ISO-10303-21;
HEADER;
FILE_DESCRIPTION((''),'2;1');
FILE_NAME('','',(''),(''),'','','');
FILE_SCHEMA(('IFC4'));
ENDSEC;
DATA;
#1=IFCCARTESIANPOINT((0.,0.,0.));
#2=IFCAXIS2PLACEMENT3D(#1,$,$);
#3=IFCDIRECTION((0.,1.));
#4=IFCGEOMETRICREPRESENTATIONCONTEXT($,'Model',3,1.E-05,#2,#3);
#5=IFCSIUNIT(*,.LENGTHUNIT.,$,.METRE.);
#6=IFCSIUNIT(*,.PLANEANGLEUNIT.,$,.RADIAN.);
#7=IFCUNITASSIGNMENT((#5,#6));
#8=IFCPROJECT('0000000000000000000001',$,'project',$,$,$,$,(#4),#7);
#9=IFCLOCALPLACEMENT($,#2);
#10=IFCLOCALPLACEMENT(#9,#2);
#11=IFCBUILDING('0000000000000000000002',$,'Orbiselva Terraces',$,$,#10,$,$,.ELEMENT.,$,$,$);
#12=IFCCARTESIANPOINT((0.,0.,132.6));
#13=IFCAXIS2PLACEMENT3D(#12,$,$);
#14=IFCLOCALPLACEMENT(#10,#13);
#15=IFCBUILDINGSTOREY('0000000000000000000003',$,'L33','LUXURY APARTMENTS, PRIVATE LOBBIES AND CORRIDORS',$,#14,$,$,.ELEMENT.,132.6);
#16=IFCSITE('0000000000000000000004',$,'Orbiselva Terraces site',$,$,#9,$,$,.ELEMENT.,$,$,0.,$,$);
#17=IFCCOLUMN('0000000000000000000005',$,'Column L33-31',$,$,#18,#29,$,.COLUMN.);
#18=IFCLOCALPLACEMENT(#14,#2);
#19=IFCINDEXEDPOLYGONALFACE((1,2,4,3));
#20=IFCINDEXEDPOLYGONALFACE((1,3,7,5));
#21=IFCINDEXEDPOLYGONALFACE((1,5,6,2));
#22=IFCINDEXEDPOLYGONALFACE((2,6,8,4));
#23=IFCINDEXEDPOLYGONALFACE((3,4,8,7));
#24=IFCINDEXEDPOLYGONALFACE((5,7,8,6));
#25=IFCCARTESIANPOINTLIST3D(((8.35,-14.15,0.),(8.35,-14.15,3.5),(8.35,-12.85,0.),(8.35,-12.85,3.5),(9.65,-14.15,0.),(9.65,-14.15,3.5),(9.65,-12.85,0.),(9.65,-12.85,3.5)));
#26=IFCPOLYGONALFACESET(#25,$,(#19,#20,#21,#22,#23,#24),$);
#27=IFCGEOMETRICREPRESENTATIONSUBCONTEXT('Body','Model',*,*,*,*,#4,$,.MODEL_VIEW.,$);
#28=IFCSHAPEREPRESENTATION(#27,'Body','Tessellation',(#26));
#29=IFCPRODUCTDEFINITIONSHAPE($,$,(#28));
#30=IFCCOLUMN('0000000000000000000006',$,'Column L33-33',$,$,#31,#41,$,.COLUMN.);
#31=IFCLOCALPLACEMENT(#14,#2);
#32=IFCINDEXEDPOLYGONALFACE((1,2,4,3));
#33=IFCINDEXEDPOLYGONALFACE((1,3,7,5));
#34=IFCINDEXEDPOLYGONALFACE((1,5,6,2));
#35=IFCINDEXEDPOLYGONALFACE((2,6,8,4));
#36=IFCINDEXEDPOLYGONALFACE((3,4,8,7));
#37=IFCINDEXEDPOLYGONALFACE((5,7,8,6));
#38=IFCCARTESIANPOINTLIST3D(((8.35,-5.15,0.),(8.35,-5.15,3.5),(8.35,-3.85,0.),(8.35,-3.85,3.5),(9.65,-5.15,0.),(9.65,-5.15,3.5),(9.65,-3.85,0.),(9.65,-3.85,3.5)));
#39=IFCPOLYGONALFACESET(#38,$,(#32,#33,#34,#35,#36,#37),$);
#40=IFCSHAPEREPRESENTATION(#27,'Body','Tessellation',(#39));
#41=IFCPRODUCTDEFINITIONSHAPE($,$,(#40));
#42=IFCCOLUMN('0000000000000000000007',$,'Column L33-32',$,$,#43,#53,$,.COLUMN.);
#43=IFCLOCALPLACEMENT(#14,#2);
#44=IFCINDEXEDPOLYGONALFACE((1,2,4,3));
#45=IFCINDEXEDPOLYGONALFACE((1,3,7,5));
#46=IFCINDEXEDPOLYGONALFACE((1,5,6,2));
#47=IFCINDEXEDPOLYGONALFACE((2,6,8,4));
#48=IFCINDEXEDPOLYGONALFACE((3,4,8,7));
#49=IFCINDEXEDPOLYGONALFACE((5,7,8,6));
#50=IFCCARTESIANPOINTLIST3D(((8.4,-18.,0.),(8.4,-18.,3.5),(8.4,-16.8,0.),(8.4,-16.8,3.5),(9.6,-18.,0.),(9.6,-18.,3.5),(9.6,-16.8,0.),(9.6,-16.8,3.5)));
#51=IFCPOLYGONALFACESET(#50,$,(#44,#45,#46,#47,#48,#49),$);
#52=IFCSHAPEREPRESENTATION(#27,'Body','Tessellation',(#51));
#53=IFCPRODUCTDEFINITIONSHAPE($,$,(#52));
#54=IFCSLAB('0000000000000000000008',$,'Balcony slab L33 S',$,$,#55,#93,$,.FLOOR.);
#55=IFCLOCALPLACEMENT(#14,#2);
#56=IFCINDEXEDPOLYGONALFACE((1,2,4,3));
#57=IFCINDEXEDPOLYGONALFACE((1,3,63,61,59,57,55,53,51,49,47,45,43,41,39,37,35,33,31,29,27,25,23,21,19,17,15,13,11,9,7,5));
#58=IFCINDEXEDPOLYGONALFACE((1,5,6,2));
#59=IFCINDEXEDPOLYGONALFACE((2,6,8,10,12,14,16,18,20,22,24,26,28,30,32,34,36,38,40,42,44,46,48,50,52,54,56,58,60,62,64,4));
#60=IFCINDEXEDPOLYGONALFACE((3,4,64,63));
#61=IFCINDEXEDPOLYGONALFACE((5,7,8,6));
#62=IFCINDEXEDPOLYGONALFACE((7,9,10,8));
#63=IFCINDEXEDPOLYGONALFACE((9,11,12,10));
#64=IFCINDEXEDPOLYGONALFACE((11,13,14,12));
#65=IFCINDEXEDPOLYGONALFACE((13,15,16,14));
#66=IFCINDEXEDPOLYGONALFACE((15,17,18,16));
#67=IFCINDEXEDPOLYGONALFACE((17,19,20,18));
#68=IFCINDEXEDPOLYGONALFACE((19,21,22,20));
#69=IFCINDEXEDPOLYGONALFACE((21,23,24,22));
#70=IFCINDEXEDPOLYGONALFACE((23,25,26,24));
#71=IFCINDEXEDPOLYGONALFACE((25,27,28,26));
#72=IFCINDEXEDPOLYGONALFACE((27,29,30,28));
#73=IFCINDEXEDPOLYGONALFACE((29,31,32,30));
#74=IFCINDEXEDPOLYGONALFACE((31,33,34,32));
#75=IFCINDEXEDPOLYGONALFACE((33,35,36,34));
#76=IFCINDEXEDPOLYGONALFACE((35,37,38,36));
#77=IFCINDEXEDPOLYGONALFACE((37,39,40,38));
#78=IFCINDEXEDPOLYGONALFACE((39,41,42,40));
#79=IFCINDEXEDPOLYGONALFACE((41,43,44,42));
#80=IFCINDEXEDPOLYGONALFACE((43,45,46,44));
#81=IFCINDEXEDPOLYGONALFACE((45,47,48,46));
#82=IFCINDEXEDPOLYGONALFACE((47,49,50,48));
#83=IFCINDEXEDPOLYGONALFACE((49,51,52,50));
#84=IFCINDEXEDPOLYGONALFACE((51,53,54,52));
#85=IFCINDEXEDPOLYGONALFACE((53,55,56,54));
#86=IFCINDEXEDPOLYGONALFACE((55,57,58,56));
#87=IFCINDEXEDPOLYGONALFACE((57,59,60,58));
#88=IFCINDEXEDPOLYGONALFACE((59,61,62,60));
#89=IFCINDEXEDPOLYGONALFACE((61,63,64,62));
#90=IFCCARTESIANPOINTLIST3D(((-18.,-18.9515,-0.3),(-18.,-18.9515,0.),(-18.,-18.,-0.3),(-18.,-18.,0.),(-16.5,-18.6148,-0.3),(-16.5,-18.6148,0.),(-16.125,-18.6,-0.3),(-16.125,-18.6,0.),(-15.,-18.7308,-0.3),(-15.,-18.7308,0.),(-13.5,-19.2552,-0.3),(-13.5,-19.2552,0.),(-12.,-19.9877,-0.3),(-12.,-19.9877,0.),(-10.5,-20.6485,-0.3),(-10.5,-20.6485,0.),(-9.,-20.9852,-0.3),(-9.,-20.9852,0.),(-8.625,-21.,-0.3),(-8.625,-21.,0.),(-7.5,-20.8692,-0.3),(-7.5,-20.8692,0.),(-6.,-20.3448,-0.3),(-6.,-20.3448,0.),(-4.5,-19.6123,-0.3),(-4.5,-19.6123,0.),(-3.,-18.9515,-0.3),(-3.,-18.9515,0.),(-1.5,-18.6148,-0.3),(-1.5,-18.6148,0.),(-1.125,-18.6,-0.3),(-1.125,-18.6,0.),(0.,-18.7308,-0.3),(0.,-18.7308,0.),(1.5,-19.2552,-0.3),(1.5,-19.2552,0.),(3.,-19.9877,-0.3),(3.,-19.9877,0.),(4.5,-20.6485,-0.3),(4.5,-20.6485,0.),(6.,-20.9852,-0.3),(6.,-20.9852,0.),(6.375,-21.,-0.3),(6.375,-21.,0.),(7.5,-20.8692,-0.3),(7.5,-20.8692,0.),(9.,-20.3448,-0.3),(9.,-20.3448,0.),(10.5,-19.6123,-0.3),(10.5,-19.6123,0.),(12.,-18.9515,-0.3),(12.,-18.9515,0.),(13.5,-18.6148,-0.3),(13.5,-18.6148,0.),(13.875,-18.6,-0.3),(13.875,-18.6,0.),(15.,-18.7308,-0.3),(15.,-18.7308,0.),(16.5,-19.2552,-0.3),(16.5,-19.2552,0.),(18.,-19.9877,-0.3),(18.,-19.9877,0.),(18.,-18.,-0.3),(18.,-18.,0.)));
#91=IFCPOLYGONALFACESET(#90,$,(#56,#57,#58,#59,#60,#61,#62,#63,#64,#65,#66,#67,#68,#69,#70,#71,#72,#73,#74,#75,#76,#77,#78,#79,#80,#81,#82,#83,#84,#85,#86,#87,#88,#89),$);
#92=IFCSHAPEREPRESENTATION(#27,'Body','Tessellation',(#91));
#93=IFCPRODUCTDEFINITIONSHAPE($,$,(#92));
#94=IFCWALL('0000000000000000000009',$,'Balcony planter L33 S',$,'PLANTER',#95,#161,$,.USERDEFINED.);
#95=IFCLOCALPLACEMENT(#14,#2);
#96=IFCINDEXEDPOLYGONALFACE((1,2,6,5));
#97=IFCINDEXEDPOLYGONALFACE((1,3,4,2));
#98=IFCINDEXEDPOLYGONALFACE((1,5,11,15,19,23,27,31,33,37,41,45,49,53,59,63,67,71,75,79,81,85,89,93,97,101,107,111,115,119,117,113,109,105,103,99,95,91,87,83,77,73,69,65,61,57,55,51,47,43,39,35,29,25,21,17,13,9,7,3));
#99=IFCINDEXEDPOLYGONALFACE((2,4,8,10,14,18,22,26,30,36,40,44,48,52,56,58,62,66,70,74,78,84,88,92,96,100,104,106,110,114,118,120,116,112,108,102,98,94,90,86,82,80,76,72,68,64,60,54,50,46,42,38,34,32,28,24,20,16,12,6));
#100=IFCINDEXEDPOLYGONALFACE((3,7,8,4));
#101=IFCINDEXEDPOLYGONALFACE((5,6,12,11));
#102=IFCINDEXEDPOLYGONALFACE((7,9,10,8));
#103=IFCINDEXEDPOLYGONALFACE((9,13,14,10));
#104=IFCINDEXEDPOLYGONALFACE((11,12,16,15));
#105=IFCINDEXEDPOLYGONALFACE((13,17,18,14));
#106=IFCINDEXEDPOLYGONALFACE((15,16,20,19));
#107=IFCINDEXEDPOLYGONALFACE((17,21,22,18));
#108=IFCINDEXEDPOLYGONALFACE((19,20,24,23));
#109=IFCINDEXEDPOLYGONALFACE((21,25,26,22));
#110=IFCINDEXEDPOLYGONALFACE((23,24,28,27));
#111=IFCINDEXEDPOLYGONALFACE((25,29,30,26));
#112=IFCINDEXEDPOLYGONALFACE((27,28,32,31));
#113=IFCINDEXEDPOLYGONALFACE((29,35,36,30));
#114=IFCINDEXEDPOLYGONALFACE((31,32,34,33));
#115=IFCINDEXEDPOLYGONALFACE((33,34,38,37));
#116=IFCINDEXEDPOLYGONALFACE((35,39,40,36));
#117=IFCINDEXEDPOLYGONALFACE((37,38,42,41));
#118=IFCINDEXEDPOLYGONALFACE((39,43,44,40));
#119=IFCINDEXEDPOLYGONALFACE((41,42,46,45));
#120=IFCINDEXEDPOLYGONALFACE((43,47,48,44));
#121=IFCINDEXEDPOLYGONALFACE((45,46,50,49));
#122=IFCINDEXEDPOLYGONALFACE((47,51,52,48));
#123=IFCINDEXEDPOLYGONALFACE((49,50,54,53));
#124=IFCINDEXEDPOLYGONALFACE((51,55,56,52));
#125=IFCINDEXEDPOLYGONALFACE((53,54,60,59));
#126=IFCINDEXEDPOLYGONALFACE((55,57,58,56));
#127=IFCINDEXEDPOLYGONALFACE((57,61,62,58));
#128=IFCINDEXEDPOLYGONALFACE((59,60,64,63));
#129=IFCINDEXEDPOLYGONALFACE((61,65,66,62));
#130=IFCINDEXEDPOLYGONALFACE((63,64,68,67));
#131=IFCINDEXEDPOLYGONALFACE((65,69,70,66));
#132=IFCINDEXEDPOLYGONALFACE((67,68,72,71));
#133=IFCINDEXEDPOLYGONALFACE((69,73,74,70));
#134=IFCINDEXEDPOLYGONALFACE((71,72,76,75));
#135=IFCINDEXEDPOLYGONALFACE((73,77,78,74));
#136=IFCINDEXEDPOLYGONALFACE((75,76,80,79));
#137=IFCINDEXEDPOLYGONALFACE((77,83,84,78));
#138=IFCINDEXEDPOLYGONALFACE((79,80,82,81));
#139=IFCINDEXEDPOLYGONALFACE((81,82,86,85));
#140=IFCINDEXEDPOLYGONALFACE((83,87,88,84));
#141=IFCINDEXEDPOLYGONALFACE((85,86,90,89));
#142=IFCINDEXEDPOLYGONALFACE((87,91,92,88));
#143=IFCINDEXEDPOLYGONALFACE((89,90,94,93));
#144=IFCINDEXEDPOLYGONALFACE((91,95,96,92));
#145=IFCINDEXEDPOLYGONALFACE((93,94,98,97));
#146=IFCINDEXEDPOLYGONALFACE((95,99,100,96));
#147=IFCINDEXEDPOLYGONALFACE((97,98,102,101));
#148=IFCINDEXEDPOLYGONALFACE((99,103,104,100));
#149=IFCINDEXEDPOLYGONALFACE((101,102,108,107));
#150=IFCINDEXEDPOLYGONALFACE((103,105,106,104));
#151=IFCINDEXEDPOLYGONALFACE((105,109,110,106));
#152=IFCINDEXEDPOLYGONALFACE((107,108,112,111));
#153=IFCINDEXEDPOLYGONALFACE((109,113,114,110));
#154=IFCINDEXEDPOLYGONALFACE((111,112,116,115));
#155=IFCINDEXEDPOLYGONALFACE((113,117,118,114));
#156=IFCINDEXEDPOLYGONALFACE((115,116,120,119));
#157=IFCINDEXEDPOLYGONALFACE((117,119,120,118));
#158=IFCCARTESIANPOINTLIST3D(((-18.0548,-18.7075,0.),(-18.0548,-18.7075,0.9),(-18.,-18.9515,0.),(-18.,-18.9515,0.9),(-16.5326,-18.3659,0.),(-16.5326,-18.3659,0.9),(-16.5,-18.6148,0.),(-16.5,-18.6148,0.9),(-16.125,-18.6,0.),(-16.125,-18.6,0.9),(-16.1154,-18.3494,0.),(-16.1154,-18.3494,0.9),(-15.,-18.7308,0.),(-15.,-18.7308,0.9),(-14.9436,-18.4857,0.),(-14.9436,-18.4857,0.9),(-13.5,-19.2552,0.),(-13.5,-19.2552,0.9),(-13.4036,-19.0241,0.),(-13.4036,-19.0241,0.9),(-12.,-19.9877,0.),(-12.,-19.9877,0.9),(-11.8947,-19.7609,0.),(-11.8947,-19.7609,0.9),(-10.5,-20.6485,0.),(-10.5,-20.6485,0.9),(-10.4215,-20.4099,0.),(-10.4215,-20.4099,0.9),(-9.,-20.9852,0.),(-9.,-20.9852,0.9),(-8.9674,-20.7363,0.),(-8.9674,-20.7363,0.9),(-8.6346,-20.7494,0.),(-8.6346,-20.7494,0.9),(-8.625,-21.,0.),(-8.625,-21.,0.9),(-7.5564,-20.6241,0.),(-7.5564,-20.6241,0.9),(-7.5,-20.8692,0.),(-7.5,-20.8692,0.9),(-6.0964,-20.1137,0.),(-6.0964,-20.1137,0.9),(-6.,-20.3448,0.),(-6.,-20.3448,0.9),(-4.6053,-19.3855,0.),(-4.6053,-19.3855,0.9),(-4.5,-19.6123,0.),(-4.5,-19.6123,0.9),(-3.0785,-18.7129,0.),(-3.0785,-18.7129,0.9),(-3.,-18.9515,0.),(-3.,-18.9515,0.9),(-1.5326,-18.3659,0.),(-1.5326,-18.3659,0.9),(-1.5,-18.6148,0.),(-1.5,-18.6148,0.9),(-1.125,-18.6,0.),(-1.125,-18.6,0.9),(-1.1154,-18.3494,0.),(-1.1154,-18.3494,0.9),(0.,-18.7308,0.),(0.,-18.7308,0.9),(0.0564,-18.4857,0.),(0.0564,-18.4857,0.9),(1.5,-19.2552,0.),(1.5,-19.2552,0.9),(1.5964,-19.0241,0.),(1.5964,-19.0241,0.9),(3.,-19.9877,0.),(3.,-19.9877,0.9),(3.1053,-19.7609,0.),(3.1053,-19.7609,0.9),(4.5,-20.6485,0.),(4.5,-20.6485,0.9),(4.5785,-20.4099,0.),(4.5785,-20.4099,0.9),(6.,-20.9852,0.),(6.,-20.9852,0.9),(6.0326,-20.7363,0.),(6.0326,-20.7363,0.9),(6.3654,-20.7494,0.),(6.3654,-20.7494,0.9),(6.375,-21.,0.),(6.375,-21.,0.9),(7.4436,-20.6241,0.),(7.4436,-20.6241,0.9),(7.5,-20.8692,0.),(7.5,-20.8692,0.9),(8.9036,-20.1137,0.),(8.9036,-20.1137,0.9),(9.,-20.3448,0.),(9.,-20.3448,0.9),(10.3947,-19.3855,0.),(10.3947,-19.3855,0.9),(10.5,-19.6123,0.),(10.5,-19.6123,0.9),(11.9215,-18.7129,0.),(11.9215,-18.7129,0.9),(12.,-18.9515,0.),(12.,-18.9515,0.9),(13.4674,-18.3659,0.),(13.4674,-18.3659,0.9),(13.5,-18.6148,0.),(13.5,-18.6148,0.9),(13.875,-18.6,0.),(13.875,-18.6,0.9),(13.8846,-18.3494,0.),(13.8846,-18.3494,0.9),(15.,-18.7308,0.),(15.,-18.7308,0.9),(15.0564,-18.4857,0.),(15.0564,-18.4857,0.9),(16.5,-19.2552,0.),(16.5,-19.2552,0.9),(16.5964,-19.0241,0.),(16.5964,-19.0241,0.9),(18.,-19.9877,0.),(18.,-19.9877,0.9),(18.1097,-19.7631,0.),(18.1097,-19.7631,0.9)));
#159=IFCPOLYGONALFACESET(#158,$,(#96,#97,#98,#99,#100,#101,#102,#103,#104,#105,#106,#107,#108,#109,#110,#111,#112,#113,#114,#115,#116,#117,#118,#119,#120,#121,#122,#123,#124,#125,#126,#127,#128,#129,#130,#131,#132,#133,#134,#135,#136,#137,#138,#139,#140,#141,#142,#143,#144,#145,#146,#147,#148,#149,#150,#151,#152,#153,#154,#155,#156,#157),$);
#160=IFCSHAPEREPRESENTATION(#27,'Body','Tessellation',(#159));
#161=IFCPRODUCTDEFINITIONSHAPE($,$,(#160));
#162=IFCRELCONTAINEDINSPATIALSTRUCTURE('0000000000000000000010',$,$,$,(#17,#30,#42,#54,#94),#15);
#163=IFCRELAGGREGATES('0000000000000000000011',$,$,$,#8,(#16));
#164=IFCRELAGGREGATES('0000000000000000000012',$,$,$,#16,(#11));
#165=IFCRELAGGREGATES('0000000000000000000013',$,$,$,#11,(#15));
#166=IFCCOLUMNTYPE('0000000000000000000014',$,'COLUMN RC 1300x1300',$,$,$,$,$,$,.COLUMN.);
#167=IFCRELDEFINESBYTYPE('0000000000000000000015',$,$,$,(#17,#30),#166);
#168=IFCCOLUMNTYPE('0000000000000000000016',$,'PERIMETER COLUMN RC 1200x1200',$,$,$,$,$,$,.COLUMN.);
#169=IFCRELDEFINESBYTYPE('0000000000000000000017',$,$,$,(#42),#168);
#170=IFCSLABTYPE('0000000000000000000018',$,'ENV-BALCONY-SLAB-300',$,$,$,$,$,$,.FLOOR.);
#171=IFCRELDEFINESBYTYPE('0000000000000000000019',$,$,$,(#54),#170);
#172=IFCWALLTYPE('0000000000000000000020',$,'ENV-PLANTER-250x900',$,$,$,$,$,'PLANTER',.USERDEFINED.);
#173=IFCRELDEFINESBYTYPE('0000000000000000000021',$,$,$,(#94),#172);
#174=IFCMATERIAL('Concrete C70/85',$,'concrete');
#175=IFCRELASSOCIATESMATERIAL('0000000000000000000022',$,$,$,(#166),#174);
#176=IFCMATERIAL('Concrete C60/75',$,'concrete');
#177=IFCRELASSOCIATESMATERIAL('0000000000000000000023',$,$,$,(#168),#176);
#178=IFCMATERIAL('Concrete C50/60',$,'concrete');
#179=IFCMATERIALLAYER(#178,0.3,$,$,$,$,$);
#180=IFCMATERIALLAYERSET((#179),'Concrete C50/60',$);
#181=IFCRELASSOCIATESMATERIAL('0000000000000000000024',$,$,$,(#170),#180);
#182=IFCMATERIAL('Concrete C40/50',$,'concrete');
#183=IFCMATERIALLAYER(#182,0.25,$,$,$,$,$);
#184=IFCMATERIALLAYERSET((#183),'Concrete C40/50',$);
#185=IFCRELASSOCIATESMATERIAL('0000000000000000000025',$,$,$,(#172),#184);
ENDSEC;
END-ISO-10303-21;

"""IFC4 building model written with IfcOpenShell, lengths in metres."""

from ifc_helpers import new_model, si_unit, direction, frame, origin, origin_2d, place, context, subcontext, project, spatial, polyline, rectangle, outline, extrude, material, layer, layer_set, material_profile, profile_set, type_object, element, save


model = new_model("IFC4")

# Units and contexts
model_context = context("Model", 3, precision=1e-05, world=origin(), true_north=direction((0.0, 1.0)))
body_context = subcontext(model_context, "Body", "Model", "MODEL_VIEW")
ifc_project = project(units=[si_unit("LENGTHUNIT", "METRE"), si_unit("PLANEANGLEUNIT", "RADIAN")], contexts=[model_context])

# Site, building, storey
site_placement = place(None, origin())
site = spatial("IfcSite", under=ifc_project, at=site_placement, Name="Orbiselva Terraces site", CompositionType="ELEMENT", RefElevation=0.0)
building_placement = place(site_placement, origin())
building = spatial("IfcBuilding", under=site, at=building_placement, Name="Orbiselva Terraces", CompositionType="ELEMENT")
storey_placement = place(building_placement, frame((0.0, 0.0, 132.6)))
storey = spatial("IfcBuildingStorey", under=building, at=storey_placement, Name="L33", Description="LUXURY APARTMENTS, PRIVATE LOBBIES AND CORRIDORS", CompositionType="ELEMENT", Elevation=132.6)

# Columns
ifc_material_1 = material(Name="Concrete C70/85", Category="concrete")
ifc_material_profile_1 = material_profile(ifc_material_1, rectangle(XDim=1.3, YDim=1.3, at=origin_2d()), Name="RC 1300x1300")
ifc_profile_set_1 = profile_set([ifc_material_profile_1], Name="Concrete C70/85")
column_type_1 = type_object("IfcColumnType", Name="COLUMN RC 1300x1300", PredefinedType="COLUMN", material=ifc_profile_set_1)
for number, where, z_axis, x_axis, name in (
    (1, (9.0, -13.5, 0.0), (0.0, 0.0, 1.0), (1.0, 0.0, 0.0), "Column L33-31"),
    (2, (9.0, -4.5, 0.0), (0.0, 0.0, 1.0), (1.0, 0.0, 0.0), "Column L33-33"),
):
    element("IfcColumn", number, at=place(storey_placement, frame(where, z_axis=z_axis, x_axis=x_axis)), inside=storey, type_object=column_type_1, Name=name, PredefinedType="COLUMN", context=body_context, shape_type="SweptSolid", body=[
        extrude(rectangle(XDim=1.3, YDim=1.3, at=origin_2d()), origin(), (0.0, 0.0, 1.0), 3.5),
    ])
ifc_material_2 = material(Name="Concrete C60/75", Category="concrete")
ifc_material_profile_2 = material_profile(ifc_material_2, rectangle(XDim=1.2, YDim=1.2, at=origin_2d()), Name="RC 1200x1200")
ifc_profile_set_2 = profile_set([ifc_material_profile_2], Name="Concrete C60/75")
column_type_2 = type_object("IfcColumnType", Name="PERIMETER COLUMN RC 1200x1200", PredefinedType="COLUMN", material=ifc_profile_set_2)
column_placement = place(storey_placement, frame((9.0, -17.4, 0.0), z_axis=(0.0, 0.0, 1.0), x_axis=(1.0, 0.0, 0.0)))
element("IfcColumn", 3, at=column_placement, inside=storey, type_object=column_type_2, Name="Column L33-32", PredefinedType="COLUMN", context=body_context, shape_type="SweptSolid", body=[
    extrude(rectangle(XDim=1.2, YDim=1.2, at=origin_2d()), origin(), (0.0, 0.0, 1.0), 3.5),
])

# Slab
ifc_material_3 = material(Name="Concrete C50/60", Category="concrete")
ifc_layer_1 = layer(ifc_material_3, 0.3)
ifc_layer_set_1 = layer_set([ifc_layer_1], Name="Concrete C50/60")
slab_type = type_object("IfcSlabType", Name="ENV-BALCONY-SLAB-300", PredefinedType="FLOOR", material=ifc_layer_set_1)
slab_placement = place(storey_placement, frame((0.0, 0.0, -0.3)))
element("IfcSlab", 4, at=slab_placement, inside=storey, type_object=slab_type, Name="Balcony slab L33 S", PredefinedType="FLOOR", context=body_context, shape_type="SweptSolid", body=[
    extrude(outline(polyline([(-18.0, -18.9515), (-16.5, -18.6148), (-16.125, -18.6), (-15.0, -18.7308), (-13.5, -19.2552), (-12.0, -19.9877), (-10.5, -20.6485), (-9.0, -20.9852), (-8.625, -21.0), (-7.5, -20.8692), (-6.0, -20.3448), (-4.5, -19.6123), (-3.0, -18.9515), (-1.5, -18.6148), (-1.125, -18.6), (0.0, -18.7308), (1.5, -19.2552), (3.0, -19.9877), (4.5, -20.6485), (6.0, -20.9852), (6.375, -21.0), (7.5, -20.8692), (9.0, -20.3448), (10.5, -19.6123), (12.0, -18.9515), (13.5, -18.6148), (13.875, -18.6), (15.0, -18.7308), (16.5, -19.2552), (18.0, -19.9877), (18.0, -18.0), (-18.0, -18.0), (-18.0, -18.9515)])), origin(), (0.0, 0.0, 1.0), 0.3),
])

# Wall
ifc_material_4 = material(Name="Concrete C40/50", Category="concrete")
ifc_layer_2 = layer(ifc_material_4, 0.25)
ifc_layer_set_2 = layer_set([ifc_layer_2], Name="Concrete C40/50")
wall_type_1 = type_object("IfcWallType", Name="ENV-PLANTER-250x900", ElementType="PLANTER", PredefinedType="USERDEFINED", material=ifc_layer_set_2)
wall_1_placement = place(storey_placement, origin())
element("IfcWall", 5, at=wall_1_placement, inside=storey, type_object=wall_type_1, Name="Balcony planter L33 S", ObjectType="PLANTER", PredefinedType="USERDEFINED", context=body_context, shape_type="SweptSolid", body=[
    extrude(outline(polyline([(-18.0, -18.9515), (-16.5, -18.6148), (-16.125, -18.6), (-15.0, -18.7308), (-13.5, -19.2552), (-12.0, -19.9877), (-10.5, -20.6485), (-9.0, -20.9852), (-8.625, -21.0), (-7.5, -20.8692), (-6.0, -20.3448), (-4.5, -19.6123), (-3.0, -18.9515), (-1.5, -18.6148), (-1.125, -18.6), (0.0, -18.7308), (1.5, -19.2552), (3.0, -19.9877), (4.5, -20.6485), (6.0, -20.9852), (6.375, -21.0), (7.5, -20.8692), (9.0, -20.3448), (10.5, -19.6123), (12.0, -18.9515), (13.5, -18.6148), (13.875, -18.6), (15.0, -18.7308), (16.5, -19.2552), (18.0, -19.9877), (18.1097, -19.7631), (16.5964, -19.0241), (15.0564, -18.4857), (13.8846, -18.3494), (13.4674, -18.3659), (11.9215, -18.7129), (10.3947, -19.3855), (8.9036, -20.1137), (7.4436, -20.6241), (6.3654, -20.7494), (6.0326, -20.7363), (4.5785, -20.4099), (3.1053, -19.7609), (1.5964, -19.0241), (0.0564, -18.4857), (-1.1154, -18.3494), (-1.5326, -18.3659), (-3.0785, -18.7129), (-4.6053, -19.3855), (-6.0964, -20.1137), (-7.5564, -20.6241), (-8.6346, -20.7494), (-8.9674, -20.7363), (-10.4215, -20.4099), (-11.8947, -19.7609), (-13.4036, -19.0241), (-14.9436, -18.4857), (-16.1154, -18.3494), (-16.5326, -18.3659), (-18.0548, -18.7075), (-18.0, -18.9515)])), origin(), (0.0, 0.0, 1.0), 0.9),
])

save(model, "model.ifc")
